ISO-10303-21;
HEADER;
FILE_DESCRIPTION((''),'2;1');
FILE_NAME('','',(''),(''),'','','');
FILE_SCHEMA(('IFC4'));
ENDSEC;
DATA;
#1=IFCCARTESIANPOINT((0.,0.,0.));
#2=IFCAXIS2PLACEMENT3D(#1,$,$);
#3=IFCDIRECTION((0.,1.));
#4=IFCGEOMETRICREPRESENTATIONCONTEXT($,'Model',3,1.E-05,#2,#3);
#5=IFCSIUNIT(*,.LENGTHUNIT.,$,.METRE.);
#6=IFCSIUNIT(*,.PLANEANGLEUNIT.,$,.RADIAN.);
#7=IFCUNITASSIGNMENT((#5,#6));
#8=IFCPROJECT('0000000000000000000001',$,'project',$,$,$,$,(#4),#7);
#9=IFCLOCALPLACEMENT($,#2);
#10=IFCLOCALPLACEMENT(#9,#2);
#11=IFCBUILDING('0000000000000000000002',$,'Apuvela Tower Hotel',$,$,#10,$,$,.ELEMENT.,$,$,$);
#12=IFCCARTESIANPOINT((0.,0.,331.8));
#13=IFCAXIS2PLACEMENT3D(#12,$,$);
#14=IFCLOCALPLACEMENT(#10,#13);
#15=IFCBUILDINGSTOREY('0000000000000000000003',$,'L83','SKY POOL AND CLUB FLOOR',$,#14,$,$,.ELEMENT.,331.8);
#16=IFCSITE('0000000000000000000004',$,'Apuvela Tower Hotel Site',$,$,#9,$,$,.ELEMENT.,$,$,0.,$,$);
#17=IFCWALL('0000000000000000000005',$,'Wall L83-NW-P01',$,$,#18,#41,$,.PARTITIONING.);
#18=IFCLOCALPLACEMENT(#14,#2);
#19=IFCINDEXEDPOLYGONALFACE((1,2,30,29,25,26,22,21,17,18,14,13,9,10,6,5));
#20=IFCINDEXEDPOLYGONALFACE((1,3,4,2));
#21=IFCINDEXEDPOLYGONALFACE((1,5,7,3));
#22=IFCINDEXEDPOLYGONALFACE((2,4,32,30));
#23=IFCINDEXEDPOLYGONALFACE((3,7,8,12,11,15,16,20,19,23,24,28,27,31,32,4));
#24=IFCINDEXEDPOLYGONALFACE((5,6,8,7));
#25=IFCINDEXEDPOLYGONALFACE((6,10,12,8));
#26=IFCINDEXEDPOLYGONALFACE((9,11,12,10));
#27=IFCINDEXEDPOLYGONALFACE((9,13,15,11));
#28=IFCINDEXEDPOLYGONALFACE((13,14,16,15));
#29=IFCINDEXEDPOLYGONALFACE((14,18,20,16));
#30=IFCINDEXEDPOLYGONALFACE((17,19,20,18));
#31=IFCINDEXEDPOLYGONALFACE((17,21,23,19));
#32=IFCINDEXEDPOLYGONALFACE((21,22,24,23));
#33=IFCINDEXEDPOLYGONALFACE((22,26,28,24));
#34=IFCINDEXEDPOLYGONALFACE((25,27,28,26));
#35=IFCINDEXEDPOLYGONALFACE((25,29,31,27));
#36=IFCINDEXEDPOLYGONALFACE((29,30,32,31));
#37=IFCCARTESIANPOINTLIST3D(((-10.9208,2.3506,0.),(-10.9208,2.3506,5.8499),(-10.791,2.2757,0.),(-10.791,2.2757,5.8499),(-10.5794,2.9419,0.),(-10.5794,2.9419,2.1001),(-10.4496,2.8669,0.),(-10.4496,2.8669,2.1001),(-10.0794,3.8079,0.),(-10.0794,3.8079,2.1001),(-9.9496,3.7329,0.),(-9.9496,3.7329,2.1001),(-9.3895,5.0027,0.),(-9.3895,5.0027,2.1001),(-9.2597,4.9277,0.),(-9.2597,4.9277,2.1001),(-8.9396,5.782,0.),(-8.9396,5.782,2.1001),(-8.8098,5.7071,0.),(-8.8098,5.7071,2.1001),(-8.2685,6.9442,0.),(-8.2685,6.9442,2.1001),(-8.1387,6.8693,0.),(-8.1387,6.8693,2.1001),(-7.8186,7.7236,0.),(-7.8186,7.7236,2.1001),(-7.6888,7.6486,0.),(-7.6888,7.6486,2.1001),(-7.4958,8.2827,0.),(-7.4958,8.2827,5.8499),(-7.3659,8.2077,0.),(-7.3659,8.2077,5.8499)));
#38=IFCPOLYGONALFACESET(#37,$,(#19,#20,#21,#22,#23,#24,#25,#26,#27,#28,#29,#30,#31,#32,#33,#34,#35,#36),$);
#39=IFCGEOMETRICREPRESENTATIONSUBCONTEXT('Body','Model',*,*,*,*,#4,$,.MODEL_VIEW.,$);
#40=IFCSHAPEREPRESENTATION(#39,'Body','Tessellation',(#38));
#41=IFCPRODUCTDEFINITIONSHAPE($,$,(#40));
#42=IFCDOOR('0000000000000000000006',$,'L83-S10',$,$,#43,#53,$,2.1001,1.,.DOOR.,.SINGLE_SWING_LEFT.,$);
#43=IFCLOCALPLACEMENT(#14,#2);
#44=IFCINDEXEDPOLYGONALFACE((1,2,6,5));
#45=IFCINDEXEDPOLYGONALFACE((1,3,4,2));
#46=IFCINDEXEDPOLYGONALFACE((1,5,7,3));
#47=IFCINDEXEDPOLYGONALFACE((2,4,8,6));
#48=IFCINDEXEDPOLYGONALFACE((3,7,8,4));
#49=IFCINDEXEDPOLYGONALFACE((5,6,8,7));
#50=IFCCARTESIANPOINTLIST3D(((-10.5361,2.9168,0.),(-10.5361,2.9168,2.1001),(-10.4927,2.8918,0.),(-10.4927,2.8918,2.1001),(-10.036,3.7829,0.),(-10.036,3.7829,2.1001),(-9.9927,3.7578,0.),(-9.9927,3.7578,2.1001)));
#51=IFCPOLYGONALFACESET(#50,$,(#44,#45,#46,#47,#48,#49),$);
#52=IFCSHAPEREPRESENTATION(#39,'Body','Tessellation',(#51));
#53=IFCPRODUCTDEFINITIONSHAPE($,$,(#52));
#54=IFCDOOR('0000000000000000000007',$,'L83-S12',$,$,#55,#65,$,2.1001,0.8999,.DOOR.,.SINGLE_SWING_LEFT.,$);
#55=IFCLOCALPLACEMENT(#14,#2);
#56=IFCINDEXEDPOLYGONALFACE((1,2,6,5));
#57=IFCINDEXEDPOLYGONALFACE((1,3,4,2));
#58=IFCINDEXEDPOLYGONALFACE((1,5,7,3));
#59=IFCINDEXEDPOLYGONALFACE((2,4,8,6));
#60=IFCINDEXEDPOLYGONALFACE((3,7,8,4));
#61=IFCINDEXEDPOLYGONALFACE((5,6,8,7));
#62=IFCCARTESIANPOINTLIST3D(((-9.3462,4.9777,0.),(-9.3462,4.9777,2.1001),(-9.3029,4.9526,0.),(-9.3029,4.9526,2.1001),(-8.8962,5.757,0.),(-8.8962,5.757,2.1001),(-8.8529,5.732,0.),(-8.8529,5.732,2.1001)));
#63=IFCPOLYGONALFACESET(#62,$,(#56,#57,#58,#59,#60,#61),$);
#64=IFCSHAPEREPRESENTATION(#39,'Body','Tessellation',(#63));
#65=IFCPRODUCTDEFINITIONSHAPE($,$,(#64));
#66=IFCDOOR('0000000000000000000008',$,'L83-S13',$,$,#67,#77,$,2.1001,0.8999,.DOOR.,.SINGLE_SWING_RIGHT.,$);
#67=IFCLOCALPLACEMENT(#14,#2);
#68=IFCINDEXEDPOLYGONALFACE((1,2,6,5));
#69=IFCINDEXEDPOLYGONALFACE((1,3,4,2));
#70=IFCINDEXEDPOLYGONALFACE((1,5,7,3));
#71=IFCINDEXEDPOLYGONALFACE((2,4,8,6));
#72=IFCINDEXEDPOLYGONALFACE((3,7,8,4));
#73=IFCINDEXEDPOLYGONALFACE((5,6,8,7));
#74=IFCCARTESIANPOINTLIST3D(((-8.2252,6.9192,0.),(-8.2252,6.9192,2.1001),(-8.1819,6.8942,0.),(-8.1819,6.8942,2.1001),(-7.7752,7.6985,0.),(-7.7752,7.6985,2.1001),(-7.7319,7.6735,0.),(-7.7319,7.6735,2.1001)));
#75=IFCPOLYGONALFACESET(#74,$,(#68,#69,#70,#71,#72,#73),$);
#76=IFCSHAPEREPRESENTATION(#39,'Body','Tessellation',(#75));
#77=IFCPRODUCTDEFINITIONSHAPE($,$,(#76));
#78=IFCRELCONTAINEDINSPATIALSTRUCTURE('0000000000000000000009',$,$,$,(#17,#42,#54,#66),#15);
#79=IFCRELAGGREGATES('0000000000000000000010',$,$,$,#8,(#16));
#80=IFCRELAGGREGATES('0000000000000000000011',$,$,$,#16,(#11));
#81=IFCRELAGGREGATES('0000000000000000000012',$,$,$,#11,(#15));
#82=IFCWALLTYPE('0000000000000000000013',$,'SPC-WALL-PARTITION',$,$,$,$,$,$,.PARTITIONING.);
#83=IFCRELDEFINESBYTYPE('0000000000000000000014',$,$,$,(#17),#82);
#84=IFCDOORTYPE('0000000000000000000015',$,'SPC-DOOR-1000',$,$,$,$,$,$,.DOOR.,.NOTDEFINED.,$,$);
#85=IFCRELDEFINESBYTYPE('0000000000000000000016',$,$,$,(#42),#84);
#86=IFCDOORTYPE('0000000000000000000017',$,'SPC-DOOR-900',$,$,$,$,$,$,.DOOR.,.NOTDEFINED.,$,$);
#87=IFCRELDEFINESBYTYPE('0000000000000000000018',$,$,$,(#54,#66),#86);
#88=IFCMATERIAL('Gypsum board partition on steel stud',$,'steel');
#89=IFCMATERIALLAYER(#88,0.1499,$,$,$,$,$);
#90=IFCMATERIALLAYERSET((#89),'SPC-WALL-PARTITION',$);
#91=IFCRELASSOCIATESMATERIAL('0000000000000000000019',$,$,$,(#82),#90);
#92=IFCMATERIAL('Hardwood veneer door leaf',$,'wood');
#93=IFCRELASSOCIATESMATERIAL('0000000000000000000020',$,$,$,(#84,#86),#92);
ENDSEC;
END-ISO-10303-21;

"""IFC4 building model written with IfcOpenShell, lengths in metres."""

from ifc_helpers import new_model, si_unit, direction, frame, frame_2d, origin, place, context, subcontext, project, spatial, rectangle, extrude, material, layer, layer_set, type_object, element, fill, save


model = new_model("IFC4")

# Units and contexts
model_context = context("Model", 3, precision=1e-05, world=origin(), true_north=direction((0.0, 1.0)))
body_context = subcontext(model_context, "Body", "Model", "MODEL_VIEW")
ifc_project = project(units=[si_unit("LENGTHUNIT", "METRE"), si_unit("PLANEANGLEUNIT", "RADIAN")], contexts=[model_context])

# Site, building, storey
site_placement = place(None, origin())
site = spatial("IfcSite", under=ifc_project, at=site_placement, Name="Apuvela Tower Hotel Site", CompositionType="ELEMENT", RefElevation=0.0)
building_placement = place(site_placement, origin())
building = spatial("IfcBuilding", under=site, at=building_placement, Name="Apuvela Tower Hotel", CompositionType="ELEMENT")
storey_placement = place(building_placement, frame((0.0, 0.0, 331.8)))
storey = spatial("IfcBuildingStorey", under=building, at=storey_placement, Name="L83", Description="SKY POOL AND CLUB FLOOR", CompositionType="ELEMENT", Elevation=331.8)

# Wall, openings, doors
ifc_material_1 = material(Name="Gypsum board partition on steel stud", Category="steel")
ifc_layer_1 = layer(ifc_material_1, 0.1499)
ifc_layer_set_1 = layer_set([ifc_layer_1], Name="SPC-WALL-PARTITION")
wall_type = type_object("IfcWallType", Name="SPC-WALL-PARTITION", PredefinedType="PARTITIONING", material=ifc_layer_set_1)
wall_placement = place(storey_placement, frame((-7.4309, 8.2451, 0.0), z_axis=(0.0, 0.0, 1.0), x_axis=(-0.500015, -0.866017, 0.0)))
wall = element("IfcWall", 1, at=wall_placement, inside=storey, type_object=wall_type, Name="Wall L83-NW-P01", PredefinedType="PARTITIONING", context=body_context, shape_type="SweptSolid", body=[
    extrude(rectangle(XDim=6.8499, YDim=0.1499, at=frame_2d((3.4248, 0.0))), origin(), (0.0, 0.0, 1.0), 5.8499),
])
opening_1_placement = place(wall_placement, frame((5.167, 0.0, 0.0)))
opening_1 = element("IfcOpeningElement", 2, at=opening_1_placement, cuts=wall, PredefinedType="OPENING", context=body_context, shape_type="SweptSolid", body=[
    extrude(rectangle(XDim=1.0, YDim=2.1001, at=frame_2d((0.5, 1.05))), frame((0.0, 0.085, 0.0), z_axis=(0.0, -1.0, 0.0), x_axis=(1.0, 0.0, 0.0)), (0.0, 0.0, 1.0), 0.1699),
])
opening_2_placement = place(wall_placement, frame((2.8875, 0.0, 0.0)))
opening_2 = element("IfcOpeningElement", 3, at=opening_2_placement, cuts=wall, PredefinedType="OPENING", context=body_context, shape_type="SweptSolid", body=[
    extrude(rectangle(XDim=0.8999, YDim=2.1001, at=frame_2d((0.45, 1.05))), frame((0.0, 0.085, 0.0), z_axis=(0.0, -1.0, 0.0), x_axis=(1.0, 0.0, 0.0)), (0.0, 0.0, 1.0), 0.1699),
])
opening_3_placement = place(wall_placement, frame((0.6455, 0.0, 0.0)))
opening_3 = element("IfcOpeningElement", 4, at=opening_3_placement, cuts=wall, PredefinedType="OPENING", context=body_context, shape_type="SweptSolid", body=[
    extrude(rectangle(XDim=0.8999, YDim=2.1001, at=frame_2d((0.45, 1.05))), frame((0.0, 0.085, 0.0), z_axis=(0.0, -1.0, 0.0), x_axis=(1.0, 0.0, 0.0)), (0.0, 0.0, 1.0), 0.1699),
])
ifc_material_2 = material(Name="Hardwood veneer door leaf", Category="wood")
door_type_1 = type_object("IfcDoorType", Name="SPC-DOOR-1000", OperationType="NOTDEFINED", PredefinedType="DOOR", material=ifc_material_2)
door_1_placement = place(opening_1_placement, frame((1.0, 0.0, 0.0), z_axis=(0.0, 0.0, 1.0), x_axis=(-1.0, 0.0, 0.0)))
door_1 = element("IfcDoor", 5, at=door_1_placement, inside=storey, type_object=door_type_1, Name="L83-S10", OperationType="SINGLE_SWING_LEFT", OverallHeight=2.1001, OverallWidth=1.0, PredefinedType="DOOR", context=body_context, shape_type="SweptSolid", body=[
    extrude(rectangle(XDim=1.0, YDim=2.1001, at=frame_2d((0.5, 1.05))), frame((0.0, 0.0249, 0.0), z_axis=(0.0, -1.0, 0.0), x_axis=(1.0, 0.0, 0.0)), (0.0, 0.0, 1.0), 0.05),
])
fill(opening_1, door_1)
door_type_2 = type_object("IfcDoorType", Name="SPC-DOOR-900", OperationType="NOTDEFINED", PredefinedType="DOOR", material=ifc_material_2)
door_2_placement = place(opening_2_placement, frame((0.8999, 0.0, 0.0), z_axis=(0.0, 0.0, 1.0), x_axis=(-1.0, 0.0, 0.0)))
door_2 = element("IfcDoor", 6, at=door_2_placement, inside=storey, type_object=door_type_2, Name="L83-S12", OperationType="SINGLE_SWING_LEFT", OverallHeight=2.1001, OverallWidth=0.8999, PredefinedType="DOOR", context=body_context, shape_type="SweptSolid", body=[
    extrude(rectangle(XDim=0.8999, YDim=2.1001, at=frame_2d((0.45, 1.05))), frame((0.0, 0.0249, 0.0), z_axis=(0.0, -1.0, 0.0), x_axis=(1.0, 0.0, 0.0)), (0.0, 0.0, 1.0), 0.05),
])
fill(opening_2, door_2)
door_3_placement = place(opening_3_placement, frame((0.8999, 0.0, 0.0), z_axis=(0.0, 0.0, 1.0), x_axis=(-1.0, 0.0, 0.0)))
door_3 = element("IfcDoor", 7, at=door_3_placement, inside=storey, type_object=door_type_2, Name="L83-S13", OperationType="SINGLE_SWING_RIGHT", OverallHeight=2.1001, OverallWidth=0.8999, PredefinedType="DOOR", context=body_context, shape_type="SweptSolid", body=[
    extrude(rectangle(XDim=0.8999, YDim=2.1001, at=frame_2d((0.45, 1.05))), frame((0.0, 0.0249, 0.0), z_axis=(0.0, -1.0, 0.0), x_axis=(1.0, 0.0, 0.0)), (0.0, 0.0, 1.0), 0.05),
])
fill(opening_3, door_3)

save(model, "model.ifc")
